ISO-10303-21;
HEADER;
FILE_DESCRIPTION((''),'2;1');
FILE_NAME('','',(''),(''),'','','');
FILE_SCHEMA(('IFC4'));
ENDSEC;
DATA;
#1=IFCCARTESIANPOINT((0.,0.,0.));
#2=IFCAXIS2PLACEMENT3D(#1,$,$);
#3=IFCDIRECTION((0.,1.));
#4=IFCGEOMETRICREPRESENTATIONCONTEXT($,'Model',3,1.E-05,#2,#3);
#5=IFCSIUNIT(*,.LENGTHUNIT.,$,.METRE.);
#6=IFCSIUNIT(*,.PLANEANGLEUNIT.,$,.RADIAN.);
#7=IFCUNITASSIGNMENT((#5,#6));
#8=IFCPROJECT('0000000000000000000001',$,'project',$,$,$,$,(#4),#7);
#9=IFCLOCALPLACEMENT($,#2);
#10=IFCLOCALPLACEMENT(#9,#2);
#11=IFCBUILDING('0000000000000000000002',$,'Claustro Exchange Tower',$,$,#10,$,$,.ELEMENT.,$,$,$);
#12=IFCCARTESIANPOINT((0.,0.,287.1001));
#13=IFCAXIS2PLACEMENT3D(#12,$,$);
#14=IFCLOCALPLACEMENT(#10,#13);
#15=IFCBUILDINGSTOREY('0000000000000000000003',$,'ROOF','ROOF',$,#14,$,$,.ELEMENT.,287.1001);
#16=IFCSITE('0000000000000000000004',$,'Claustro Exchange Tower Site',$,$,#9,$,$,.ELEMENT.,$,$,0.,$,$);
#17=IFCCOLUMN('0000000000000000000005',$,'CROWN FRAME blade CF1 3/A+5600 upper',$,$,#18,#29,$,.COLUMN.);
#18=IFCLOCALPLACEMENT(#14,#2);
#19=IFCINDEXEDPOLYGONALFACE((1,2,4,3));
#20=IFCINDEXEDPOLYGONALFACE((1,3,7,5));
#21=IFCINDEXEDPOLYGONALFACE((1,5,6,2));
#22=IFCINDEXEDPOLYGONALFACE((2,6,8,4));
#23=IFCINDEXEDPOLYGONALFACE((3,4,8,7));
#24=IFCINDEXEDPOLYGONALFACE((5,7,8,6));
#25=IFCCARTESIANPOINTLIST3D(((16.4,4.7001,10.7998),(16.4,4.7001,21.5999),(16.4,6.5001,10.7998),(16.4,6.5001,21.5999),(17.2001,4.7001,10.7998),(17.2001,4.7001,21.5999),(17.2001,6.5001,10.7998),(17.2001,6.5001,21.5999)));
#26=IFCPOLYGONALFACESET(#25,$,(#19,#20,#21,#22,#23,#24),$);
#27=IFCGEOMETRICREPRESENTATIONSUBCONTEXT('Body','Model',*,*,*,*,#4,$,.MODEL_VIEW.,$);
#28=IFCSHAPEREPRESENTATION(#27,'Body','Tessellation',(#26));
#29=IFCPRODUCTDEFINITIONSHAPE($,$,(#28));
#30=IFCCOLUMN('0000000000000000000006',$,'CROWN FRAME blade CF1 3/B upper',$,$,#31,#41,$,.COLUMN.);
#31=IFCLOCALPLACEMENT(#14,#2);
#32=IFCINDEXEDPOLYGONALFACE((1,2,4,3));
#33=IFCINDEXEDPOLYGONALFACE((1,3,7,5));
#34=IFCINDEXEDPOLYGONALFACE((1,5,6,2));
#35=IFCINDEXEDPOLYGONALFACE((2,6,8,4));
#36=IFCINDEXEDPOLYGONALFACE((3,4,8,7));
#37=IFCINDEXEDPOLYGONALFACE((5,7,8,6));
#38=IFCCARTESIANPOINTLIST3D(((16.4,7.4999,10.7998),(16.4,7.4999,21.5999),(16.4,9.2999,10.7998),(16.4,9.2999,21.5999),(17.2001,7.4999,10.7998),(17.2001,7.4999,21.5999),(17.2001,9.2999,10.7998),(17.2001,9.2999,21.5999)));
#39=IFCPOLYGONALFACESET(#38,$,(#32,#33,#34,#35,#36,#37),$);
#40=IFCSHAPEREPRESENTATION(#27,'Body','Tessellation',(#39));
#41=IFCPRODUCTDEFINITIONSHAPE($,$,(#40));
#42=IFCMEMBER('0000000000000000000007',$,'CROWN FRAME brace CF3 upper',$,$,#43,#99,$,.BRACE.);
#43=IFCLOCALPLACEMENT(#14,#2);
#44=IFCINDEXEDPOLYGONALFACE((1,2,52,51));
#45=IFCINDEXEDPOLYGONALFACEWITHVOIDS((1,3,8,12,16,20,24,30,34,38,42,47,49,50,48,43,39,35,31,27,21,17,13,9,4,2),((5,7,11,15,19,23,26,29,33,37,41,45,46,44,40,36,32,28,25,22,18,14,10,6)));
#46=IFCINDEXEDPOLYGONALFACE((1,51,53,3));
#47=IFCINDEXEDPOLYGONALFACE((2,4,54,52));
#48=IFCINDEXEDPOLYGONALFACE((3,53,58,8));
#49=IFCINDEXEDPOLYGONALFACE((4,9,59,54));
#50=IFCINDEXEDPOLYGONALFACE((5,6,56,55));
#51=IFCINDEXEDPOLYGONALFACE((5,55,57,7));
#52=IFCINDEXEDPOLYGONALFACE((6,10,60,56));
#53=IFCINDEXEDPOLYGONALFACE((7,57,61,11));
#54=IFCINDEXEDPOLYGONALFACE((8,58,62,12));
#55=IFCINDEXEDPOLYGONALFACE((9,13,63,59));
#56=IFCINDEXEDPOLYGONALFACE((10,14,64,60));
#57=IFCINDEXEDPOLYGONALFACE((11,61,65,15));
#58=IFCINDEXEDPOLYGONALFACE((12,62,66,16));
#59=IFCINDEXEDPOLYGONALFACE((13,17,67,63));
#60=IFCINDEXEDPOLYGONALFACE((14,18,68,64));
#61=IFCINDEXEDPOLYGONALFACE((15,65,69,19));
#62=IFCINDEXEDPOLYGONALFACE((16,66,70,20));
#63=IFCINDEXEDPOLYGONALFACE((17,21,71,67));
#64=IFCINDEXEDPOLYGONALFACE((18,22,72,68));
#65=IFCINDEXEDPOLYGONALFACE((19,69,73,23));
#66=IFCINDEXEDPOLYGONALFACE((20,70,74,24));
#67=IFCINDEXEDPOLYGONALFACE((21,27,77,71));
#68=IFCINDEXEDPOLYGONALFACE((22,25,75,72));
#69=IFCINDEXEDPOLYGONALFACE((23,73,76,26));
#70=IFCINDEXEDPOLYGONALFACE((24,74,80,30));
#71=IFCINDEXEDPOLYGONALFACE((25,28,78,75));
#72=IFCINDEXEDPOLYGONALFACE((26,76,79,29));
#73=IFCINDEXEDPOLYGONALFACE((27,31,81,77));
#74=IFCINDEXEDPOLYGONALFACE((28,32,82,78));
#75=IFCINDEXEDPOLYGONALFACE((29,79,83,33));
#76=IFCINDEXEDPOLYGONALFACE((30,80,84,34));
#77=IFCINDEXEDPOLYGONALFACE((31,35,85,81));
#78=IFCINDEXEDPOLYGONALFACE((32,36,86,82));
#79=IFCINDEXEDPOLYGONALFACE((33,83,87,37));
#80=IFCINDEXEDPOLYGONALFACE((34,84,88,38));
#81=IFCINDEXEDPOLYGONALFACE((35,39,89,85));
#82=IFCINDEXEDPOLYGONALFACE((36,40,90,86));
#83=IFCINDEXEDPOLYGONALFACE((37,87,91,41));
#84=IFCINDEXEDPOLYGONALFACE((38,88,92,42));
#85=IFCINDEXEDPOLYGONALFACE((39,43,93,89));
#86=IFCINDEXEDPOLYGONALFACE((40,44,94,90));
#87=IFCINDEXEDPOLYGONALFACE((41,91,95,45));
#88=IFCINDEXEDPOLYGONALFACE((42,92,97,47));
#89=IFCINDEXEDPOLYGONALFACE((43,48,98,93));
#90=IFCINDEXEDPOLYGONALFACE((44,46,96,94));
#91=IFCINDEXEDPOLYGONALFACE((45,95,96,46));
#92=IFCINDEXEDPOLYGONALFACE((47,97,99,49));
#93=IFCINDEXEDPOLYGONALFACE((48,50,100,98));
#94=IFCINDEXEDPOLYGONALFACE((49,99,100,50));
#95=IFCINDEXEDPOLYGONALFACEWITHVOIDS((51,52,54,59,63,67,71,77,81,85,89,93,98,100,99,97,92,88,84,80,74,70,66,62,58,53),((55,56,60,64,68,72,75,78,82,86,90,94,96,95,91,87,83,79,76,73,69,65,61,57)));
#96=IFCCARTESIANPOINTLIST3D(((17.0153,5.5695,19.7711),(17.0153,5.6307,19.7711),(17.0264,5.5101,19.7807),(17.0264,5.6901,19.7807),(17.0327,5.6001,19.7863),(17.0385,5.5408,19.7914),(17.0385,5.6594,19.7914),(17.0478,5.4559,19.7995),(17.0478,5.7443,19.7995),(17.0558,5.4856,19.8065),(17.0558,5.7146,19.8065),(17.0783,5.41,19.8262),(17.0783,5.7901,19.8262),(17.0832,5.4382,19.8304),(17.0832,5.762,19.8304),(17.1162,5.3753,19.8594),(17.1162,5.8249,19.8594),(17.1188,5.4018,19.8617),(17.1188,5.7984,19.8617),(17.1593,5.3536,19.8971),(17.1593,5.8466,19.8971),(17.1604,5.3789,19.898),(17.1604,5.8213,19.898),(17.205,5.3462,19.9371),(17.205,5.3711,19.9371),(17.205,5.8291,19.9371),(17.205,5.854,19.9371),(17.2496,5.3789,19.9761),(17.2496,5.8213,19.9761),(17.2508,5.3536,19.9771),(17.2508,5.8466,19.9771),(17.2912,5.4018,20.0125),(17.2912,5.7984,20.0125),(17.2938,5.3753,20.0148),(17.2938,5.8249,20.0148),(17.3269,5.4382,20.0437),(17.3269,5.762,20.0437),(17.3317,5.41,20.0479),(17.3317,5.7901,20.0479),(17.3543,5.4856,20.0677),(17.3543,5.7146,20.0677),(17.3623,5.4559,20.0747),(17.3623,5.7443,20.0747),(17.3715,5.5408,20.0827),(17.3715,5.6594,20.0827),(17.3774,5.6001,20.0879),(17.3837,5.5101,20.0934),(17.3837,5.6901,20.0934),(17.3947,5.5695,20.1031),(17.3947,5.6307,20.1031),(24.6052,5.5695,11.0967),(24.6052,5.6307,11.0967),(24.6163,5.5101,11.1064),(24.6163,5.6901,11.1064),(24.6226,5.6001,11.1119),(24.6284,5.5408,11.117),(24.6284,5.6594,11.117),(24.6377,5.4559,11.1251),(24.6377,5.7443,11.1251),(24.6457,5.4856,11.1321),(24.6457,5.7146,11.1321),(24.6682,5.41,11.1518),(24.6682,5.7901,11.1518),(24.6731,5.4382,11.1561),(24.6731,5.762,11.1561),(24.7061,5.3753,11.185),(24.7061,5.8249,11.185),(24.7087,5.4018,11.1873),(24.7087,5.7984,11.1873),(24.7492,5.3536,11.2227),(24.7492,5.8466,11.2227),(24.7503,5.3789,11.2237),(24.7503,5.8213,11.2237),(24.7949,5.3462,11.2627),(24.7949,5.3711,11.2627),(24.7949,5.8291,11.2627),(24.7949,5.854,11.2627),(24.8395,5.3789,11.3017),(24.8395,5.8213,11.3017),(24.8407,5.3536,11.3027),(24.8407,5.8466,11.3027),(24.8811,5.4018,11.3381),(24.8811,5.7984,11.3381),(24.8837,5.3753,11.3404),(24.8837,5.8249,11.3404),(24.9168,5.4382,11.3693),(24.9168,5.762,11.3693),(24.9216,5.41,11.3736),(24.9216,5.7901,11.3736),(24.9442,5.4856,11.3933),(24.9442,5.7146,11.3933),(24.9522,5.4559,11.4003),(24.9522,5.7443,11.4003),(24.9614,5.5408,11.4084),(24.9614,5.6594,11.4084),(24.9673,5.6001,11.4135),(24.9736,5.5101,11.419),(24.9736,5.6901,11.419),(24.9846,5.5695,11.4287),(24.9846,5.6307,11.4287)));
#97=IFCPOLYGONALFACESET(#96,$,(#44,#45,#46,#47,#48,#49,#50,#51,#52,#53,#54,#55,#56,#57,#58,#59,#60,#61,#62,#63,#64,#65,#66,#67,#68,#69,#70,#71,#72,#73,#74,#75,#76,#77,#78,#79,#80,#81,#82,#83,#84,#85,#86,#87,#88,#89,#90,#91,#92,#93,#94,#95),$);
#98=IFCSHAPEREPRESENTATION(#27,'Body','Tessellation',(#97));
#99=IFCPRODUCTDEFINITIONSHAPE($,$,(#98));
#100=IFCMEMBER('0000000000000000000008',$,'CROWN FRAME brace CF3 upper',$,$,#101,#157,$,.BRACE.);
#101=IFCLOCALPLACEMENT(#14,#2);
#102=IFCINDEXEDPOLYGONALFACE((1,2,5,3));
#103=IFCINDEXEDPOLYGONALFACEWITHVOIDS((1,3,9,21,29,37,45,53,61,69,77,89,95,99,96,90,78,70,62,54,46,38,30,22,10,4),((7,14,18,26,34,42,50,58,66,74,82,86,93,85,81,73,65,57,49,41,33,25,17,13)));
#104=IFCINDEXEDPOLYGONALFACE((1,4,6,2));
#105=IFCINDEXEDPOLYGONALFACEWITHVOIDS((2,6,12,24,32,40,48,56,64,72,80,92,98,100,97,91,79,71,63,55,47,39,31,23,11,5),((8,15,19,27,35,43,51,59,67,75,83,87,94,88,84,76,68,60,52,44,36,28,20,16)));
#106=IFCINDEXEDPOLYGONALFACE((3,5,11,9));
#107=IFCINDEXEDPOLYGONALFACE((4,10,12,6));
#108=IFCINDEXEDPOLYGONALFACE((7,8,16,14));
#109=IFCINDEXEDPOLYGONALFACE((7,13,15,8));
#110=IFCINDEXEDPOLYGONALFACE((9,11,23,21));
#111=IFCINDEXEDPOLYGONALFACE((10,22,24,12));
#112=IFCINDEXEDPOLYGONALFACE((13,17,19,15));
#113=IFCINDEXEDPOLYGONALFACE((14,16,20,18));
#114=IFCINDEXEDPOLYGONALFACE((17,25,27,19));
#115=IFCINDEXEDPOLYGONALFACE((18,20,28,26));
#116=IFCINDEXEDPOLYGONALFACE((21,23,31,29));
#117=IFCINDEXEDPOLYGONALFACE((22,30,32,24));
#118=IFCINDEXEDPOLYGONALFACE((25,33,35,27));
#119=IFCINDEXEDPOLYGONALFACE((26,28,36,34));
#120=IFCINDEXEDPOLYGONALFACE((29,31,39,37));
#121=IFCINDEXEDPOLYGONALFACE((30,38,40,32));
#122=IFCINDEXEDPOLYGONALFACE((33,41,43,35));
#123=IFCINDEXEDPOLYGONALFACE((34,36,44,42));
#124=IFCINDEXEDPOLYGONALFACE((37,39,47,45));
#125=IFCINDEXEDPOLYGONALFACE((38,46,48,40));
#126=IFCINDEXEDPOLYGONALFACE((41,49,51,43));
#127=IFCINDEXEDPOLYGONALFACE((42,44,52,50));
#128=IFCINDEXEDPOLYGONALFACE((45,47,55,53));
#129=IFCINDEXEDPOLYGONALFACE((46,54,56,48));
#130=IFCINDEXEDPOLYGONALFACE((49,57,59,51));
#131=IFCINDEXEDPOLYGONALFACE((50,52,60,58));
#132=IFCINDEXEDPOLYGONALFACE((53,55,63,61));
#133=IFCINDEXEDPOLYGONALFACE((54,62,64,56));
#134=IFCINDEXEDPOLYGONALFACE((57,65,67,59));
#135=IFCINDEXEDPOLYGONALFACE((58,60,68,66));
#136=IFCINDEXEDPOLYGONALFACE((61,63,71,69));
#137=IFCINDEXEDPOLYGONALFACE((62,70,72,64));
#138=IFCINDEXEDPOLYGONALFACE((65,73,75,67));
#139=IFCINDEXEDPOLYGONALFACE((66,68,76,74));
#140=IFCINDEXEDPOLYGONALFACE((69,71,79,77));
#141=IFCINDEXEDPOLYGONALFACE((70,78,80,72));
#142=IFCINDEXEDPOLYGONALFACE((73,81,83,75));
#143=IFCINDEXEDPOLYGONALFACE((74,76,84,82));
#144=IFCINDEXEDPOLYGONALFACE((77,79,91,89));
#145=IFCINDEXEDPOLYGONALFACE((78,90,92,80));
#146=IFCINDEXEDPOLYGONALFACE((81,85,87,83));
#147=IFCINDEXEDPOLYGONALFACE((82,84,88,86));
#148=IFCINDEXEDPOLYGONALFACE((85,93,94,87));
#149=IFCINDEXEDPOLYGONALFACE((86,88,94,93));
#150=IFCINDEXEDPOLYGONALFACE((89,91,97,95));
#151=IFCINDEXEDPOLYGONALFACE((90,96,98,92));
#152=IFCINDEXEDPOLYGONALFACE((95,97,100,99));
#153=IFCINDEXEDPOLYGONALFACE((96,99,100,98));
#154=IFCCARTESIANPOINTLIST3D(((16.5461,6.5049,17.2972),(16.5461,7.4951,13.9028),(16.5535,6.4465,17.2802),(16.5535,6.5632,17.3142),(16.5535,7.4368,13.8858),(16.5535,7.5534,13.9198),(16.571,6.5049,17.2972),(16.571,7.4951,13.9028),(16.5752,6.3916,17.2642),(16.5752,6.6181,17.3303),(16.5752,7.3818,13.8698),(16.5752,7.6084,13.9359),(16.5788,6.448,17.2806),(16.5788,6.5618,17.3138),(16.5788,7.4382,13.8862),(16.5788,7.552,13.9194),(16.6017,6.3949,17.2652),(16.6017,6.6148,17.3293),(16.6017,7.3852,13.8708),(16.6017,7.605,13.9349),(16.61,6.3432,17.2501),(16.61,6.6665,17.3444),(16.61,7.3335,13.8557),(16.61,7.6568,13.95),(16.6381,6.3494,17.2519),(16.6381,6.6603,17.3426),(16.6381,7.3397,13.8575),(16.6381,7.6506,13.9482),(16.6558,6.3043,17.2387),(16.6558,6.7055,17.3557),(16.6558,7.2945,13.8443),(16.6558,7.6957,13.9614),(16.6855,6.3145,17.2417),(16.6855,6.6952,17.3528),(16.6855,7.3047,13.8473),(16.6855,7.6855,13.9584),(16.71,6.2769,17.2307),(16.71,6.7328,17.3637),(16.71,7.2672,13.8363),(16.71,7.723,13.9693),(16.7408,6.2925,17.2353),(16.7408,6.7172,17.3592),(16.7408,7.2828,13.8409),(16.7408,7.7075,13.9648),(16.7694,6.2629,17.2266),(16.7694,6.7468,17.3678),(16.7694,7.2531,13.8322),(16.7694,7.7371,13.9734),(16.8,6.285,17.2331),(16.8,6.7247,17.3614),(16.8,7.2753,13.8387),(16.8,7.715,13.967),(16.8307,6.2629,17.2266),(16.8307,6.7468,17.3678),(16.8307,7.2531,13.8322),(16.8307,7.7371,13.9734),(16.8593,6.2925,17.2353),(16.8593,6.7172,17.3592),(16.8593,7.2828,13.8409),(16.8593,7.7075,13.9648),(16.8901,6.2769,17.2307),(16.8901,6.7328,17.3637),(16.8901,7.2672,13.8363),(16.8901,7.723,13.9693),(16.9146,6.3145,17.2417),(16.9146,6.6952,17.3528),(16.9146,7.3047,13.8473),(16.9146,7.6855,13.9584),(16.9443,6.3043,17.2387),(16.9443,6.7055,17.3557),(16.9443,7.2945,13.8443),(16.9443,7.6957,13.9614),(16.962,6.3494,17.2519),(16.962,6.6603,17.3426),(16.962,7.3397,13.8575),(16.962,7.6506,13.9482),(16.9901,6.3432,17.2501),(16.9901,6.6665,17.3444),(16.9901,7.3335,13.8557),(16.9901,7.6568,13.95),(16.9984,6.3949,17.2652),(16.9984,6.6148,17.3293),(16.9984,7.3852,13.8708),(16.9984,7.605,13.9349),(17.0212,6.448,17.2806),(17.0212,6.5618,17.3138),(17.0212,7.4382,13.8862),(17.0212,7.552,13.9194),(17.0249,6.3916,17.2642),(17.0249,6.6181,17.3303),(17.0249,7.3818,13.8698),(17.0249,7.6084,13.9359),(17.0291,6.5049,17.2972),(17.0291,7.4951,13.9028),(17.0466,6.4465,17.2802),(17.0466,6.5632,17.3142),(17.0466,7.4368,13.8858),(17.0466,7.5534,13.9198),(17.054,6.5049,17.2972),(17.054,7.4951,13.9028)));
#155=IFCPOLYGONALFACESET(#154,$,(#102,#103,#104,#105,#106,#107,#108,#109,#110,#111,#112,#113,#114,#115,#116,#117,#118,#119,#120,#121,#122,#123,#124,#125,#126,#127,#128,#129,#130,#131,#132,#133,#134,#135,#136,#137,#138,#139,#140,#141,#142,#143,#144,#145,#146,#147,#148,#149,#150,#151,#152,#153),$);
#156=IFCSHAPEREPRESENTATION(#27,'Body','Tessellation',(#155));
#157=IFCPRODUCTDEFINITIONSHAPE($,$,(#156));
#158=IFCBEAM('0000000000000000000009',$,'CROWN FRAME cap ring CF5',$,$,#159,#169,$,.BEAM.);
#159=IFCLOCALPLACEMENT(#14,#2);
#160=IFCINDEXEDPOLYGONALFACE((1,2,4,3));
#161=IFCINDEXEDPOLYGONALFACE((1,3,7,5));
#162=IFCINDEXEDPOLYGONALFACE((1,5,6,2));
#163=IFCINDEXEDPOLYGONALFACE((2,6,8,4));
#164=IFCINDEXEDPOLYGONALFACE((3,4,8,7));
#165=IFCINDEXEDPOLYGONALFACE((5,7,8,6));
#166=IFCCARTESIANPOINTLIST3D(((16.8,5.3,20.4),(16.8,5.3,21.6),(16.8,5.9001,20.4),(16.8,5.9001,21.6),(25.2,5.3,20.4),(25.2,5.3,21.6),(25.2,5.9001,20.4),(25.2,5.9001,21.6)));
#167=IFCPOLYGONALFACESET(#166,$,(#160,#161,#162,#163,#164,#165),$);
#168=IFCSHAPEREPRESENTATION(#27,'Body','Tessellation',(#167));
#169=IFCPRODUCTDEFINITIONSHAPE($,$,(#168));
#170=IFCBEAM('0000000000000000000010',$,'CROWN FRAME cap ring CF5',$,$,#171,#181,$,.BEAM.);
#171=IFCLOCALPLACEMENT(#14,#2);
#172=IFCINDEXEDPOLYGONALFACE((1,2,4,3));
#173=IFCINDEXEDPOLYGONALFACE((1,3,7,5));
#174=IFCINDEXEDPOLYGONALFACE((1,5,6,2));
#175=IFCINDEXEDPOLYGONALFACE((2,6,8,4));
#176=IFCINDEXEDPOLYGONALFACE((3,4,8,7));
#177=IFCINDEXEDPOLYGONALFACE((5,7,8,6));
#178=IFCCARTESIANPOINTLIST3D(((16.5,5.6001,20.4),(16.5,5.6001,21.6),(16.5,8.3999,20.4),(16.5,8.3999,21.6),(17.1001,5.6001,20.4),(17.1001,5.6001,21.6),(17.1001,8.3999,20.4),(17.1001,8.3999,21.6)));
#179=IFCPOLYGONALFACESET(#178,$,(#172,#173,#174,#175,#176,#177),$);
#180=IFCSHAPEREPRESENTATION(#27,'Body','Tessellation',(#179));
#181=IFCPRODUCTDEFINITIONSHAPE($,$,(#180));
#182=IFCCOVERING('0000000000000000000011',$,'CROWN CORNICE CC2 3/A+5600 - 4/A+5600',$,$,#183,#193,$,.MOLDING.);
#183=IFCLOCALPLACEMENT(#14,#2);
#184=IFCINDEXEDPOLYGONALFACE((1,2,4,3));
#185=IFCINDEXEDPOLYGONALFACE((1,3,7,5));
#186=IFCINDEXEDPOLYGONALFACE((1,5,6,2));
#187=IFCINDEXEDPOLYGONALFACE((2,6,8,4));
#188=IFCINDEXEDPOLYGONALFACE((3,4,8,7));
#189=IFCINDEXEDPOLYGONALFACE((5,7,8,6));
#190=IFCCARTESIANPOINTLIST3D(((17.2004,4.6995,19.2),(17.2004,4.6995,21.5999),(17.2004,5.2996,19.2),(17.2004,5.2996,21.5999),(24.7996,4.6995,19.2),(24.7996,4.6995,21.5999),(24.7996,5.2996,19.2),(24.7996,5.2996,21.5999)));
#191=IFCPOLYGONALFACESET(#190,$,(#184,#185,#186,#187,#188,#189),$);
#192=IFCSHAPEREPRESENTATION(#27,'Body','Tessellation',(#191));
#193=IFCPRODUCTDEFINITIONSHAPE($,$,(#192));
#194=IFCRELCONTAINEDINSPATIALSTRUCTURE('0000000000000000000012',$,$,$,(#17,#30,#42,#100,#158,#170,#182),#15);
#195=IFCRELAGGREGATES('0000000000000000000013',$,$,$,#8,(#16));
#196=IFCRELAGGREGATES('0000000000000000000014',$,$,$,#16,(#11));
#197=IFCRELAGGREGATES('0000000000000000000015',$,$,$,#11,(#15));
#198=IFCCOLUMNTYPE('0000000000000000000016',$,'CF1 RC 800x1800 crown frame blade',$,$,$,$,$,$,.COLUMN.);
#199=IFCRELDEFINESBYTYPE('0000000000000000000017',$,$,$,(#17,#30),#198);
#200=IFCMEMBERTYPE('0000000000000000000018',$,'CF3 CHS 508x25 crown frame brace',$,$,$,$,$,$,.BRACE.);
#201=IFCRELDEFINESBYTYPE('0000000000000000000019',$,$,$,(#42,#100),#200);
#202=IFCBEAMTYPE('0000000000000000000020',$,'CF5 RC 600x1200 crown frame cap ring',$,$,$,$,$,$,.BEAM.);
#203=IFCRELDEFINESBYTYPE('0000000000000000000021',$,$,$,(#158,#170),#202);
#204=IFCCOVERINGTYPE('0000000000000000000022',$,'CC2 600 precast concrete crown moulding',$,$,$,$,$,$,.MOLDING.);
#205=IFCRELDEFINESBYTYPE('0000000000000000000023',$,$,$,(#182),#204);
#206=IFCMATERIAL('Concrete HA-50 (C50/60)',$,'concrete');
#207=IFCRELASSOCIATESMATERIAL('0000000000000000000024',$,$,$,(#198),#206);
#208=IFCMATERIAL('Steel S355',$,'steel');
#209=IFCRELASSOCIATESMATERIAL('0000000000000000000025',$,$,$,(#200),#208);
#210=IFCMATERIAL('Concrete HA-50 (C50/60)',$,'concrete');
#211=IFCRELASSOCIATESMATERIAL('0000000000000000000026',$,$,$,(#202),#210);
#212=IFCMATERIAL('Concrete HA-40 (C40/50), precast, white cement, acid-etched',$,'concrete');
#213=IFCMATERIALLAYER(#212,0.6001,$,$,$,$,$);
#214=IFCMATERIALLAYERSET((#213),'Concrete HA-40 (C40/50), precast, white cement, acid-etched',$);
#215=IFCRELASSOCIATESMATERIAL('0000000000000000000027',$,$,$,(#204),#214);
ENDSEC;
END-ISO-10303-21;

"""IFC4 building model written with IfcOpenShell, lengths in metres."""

from ifc_helpers import new_model, si_unit, direction, frame, origin, origin_2d, place, context, subcontext, project, spatial, rectangle, hollow_circle, extrude, material, layer, layer_set, material_profile, profile_set, type_object, element, save


model = new_model("IFC4")

# Units and contexts
model_context = context("Model", 3, precision=1e-05, world=origin(), true_north=direction((0.0, 1.0)))
body_context = subcontext(model_context, "Body", "Model", "MODEL_VIEW")
ifc_project = project(units=[si_unit("LENGTHUNIT", "METRE"), si_unit("PLANEANGLEUNIT", "RADIAN")], contexts=[model_context])

# Site, building, storey
site_placement = place(None, origin())
site = spatial("IfcSite", under=ifc_project, at=site_placement, Name="Claustro Exchange Tower Site", CompositionType="ELEMENT", RefElevation=0.0)
building_placement = place(site_placement, origin())
building = spatial("IfcBuilding", under=site, at=building_placement, Name="Claustro Exchange Tower", CompositionType="ELEMENT")
storey_placement = place(building_placement, frame((0.0, 0.0, 287.1001)))
storey = spatial("IfcBuildingStorey", under=building, at=storey_placement, Name="ROOF", Description="ROOF", CompositionType="ELEMENT", Elevation=287.1001)

# Columns
ifc_material_1 = material(Name="Concrete HA-50 (C50/60)", Category="concrete")
ifc_material_profile_1 = material_profile(ifc_material_1, rectangle(XDim=0.8, YDim=1.8, at=origin_2d()), Name="RC 800x1800")
ifc_profile_set_1 = profile_set([ifc_material_profile_1], Name="Concrete HA-50 (C50/60)")
column_type = type_object("IfcColumnType", Name="CF1 RC 800x1800 crown frame blade", PredefinedType="COLUMN", material=ifc_profile_set_1)
for number, where, z_axis, x_axis, name in (
    (1, (16.8, 5.6001, 10.7998), (0.0, 0.0, 1.0), (1.0, 0.0, 0.0), "CROWN FRAME blade CF1 3/A+5600 upper"),
    (2, (16.8, 8.3999, 10.7998), (0.0, 0.0, 1.0), (1.0, 0.0, 0.0), "CROWN FRAME blade CF1 3/B upper"),
):
    element("IfcColumn", number, at=place(storey_placement, frame(where, z_axis=z_axis, x_axis=x_axis)), inside=storey, type_object=column_type, Name=name, PredefinedType="COLUMN", context=body_context, shape_type="SweptSolid", body=[
        extrude(rectangle(XDim=0.8, YDim=1.8, at=origin_2d()), origin(), (0.0, 0.0, 1.0), 10.8),
    ])

# Members
ifc_material_2 = material(Name="Steel S355", Category="steel")
ifc_material_profile_2 = material_profile(ifc_material_2, hollow_circle(Radius=0.2539, WallThickness=0.0249, at=origin_2d()), Name="CHS 508x25")
ifc_profile_set_2 = profile_set([ifc_material_profile_2], Name="Steel S355")
member_type = type_object("IfcMemberType", Name="CF3 CHS 508x25 crown frame brace", PredefinedType="BRACE", material=ifc_profile_set_2)
member_1_placement = place(storey_placement, frame((24.7949, 5.6001, 11.2627), z_axis=(-0.658496, 0.0, 0.752585), x_axis=(0.0, -1.0, 0.0)))
element("IfcMember", 3, at=member_1_placement, inside=storey, type_object=member_type, Name="CROWN FRAME brace CF3 upper", PredefinedType="BRACE", context=body_context, shape_type="SweptSolid", body=[
    extrude(hollow_circle(Radius=0.2539, WallThickness=0.0249, at=origin_2d()), origin(), (0.0, 0.0, 1.0), 11.5261),
])
member_2_placement = place(storey_placement, frame((16.8, 7.4951, 13.9028), z_axis=(0.0, -0.280061, 0.959982), x_axis=(1.0, 0.0, 0.0)))
element("IfcMember", 4, at=member_2_placement, inside=storey, type_object=member_type, Name="CROWN FRAME brace CF3 upper", PredefinedType="BRACE", context=body_context, shape_type="SweptSolid", body=[
    extrude(hollow_circle(Radius=0.2539, WallThickness=0.0249, at=origin_2d()), origin(), (0.0, 0.0, 1.0), 3.5359),
])

# Beams
ifc_material_3 = material(Name="Concrete HA-50 (C50/60)", Category="concrete")
ifc_material_profile_3 = material_profile(ifc_material_3, rectangle(XDim=0.6001, YDim=1.2, at=origin_2d()), Name="RC 600x1200")
ifc_profile_set_3 = profile_set([ifc_material_profile_3], Name="Concrete HA-50 (C50/60)")
beam_type = type_object("IfcBeamType", Name="CF5 RC 600x1200 crown frame cap ring", PredefinedType="BEAM", material=ifc_profile_set_3)
beam_1_placement = place(storey_placement, frame((16.8, 5.6001, 21.0), z_axis=(1.0, 0.0, 0.0), x_axis=(0.0, 1.0, 0.0)))
element("IfcBeam", 5, at=beam_1_placement, inside=storey, type_object=beam_type, Name="CROWN FRAME cap ring CF5", PredefinedType="BEAM", context=body_context, shape_type="SweptSolid", body=[
    extrude(rectangle(XDim=0.6001, YDim=1.2, at=origin_2d()), origin(), (0.0, 0.0, 1.0), 8.3999),
])
beam_2_placement = place(storey_placement, frame((16.8, 5.6001, 21.0), z_axis=(0.0, 1.0, 0.0), x_axis=(-1.0, 0.0, 0.0)))
element("IfcBeam", 6, at=beam_2_placement, inside=storey, type_object=beam_type, Name="CROWN FRAME cap ring CF5", PredefinedType="BEAM", context=body_context, shape_type="SweptSolid", body=[
    extrude(rectangle(XDim=0.6001, YDim=1.2, at=origin_2d()), origin(), (0.0, 0.0, 1.0), 2.7998),
])

# Covering
ifc_material_4 = material(Name="Concrete HA-40 (C40/50), precast, white cement, acid-etched", Category="concrete")
ifc_layer_1 = layer(ifc_material_4, 0.6001)
ifc_layer_set_1 = layer_set([ifc_layer_1], Name="Concrete HA-40 (C40/50), precast, white cement, acid-etched")
covering_type = type_object("IfcCoveringType", Name="CC2 600 precast concrete crown moulding", PredefinedType="MOLDING", material=ifc_layer_set_1)
covering_placement = place(storey_placement, frame((21.0, 4.9995, 19.2), z_axis=(0.0, 0.0, 1.0), x_axis=(1.0, 0.0, 0.0)))
element("IfcCovering", 7, at=covering_placement, inside=storey, type_object=covering_type, Name="CROWN CORNICE CC2 3/A+5600 - 4/A+5600", PredefinedType="MOLDING", context=body_context, shape_type="SweptSolid", body=[
    extrude(rectangle(XDim=7.5991, YDim=0.6001, at=origin_2d()), origin(), (0.0, 0.0, 1.0), 2.3999),
])

save(model, "model.ifc")
